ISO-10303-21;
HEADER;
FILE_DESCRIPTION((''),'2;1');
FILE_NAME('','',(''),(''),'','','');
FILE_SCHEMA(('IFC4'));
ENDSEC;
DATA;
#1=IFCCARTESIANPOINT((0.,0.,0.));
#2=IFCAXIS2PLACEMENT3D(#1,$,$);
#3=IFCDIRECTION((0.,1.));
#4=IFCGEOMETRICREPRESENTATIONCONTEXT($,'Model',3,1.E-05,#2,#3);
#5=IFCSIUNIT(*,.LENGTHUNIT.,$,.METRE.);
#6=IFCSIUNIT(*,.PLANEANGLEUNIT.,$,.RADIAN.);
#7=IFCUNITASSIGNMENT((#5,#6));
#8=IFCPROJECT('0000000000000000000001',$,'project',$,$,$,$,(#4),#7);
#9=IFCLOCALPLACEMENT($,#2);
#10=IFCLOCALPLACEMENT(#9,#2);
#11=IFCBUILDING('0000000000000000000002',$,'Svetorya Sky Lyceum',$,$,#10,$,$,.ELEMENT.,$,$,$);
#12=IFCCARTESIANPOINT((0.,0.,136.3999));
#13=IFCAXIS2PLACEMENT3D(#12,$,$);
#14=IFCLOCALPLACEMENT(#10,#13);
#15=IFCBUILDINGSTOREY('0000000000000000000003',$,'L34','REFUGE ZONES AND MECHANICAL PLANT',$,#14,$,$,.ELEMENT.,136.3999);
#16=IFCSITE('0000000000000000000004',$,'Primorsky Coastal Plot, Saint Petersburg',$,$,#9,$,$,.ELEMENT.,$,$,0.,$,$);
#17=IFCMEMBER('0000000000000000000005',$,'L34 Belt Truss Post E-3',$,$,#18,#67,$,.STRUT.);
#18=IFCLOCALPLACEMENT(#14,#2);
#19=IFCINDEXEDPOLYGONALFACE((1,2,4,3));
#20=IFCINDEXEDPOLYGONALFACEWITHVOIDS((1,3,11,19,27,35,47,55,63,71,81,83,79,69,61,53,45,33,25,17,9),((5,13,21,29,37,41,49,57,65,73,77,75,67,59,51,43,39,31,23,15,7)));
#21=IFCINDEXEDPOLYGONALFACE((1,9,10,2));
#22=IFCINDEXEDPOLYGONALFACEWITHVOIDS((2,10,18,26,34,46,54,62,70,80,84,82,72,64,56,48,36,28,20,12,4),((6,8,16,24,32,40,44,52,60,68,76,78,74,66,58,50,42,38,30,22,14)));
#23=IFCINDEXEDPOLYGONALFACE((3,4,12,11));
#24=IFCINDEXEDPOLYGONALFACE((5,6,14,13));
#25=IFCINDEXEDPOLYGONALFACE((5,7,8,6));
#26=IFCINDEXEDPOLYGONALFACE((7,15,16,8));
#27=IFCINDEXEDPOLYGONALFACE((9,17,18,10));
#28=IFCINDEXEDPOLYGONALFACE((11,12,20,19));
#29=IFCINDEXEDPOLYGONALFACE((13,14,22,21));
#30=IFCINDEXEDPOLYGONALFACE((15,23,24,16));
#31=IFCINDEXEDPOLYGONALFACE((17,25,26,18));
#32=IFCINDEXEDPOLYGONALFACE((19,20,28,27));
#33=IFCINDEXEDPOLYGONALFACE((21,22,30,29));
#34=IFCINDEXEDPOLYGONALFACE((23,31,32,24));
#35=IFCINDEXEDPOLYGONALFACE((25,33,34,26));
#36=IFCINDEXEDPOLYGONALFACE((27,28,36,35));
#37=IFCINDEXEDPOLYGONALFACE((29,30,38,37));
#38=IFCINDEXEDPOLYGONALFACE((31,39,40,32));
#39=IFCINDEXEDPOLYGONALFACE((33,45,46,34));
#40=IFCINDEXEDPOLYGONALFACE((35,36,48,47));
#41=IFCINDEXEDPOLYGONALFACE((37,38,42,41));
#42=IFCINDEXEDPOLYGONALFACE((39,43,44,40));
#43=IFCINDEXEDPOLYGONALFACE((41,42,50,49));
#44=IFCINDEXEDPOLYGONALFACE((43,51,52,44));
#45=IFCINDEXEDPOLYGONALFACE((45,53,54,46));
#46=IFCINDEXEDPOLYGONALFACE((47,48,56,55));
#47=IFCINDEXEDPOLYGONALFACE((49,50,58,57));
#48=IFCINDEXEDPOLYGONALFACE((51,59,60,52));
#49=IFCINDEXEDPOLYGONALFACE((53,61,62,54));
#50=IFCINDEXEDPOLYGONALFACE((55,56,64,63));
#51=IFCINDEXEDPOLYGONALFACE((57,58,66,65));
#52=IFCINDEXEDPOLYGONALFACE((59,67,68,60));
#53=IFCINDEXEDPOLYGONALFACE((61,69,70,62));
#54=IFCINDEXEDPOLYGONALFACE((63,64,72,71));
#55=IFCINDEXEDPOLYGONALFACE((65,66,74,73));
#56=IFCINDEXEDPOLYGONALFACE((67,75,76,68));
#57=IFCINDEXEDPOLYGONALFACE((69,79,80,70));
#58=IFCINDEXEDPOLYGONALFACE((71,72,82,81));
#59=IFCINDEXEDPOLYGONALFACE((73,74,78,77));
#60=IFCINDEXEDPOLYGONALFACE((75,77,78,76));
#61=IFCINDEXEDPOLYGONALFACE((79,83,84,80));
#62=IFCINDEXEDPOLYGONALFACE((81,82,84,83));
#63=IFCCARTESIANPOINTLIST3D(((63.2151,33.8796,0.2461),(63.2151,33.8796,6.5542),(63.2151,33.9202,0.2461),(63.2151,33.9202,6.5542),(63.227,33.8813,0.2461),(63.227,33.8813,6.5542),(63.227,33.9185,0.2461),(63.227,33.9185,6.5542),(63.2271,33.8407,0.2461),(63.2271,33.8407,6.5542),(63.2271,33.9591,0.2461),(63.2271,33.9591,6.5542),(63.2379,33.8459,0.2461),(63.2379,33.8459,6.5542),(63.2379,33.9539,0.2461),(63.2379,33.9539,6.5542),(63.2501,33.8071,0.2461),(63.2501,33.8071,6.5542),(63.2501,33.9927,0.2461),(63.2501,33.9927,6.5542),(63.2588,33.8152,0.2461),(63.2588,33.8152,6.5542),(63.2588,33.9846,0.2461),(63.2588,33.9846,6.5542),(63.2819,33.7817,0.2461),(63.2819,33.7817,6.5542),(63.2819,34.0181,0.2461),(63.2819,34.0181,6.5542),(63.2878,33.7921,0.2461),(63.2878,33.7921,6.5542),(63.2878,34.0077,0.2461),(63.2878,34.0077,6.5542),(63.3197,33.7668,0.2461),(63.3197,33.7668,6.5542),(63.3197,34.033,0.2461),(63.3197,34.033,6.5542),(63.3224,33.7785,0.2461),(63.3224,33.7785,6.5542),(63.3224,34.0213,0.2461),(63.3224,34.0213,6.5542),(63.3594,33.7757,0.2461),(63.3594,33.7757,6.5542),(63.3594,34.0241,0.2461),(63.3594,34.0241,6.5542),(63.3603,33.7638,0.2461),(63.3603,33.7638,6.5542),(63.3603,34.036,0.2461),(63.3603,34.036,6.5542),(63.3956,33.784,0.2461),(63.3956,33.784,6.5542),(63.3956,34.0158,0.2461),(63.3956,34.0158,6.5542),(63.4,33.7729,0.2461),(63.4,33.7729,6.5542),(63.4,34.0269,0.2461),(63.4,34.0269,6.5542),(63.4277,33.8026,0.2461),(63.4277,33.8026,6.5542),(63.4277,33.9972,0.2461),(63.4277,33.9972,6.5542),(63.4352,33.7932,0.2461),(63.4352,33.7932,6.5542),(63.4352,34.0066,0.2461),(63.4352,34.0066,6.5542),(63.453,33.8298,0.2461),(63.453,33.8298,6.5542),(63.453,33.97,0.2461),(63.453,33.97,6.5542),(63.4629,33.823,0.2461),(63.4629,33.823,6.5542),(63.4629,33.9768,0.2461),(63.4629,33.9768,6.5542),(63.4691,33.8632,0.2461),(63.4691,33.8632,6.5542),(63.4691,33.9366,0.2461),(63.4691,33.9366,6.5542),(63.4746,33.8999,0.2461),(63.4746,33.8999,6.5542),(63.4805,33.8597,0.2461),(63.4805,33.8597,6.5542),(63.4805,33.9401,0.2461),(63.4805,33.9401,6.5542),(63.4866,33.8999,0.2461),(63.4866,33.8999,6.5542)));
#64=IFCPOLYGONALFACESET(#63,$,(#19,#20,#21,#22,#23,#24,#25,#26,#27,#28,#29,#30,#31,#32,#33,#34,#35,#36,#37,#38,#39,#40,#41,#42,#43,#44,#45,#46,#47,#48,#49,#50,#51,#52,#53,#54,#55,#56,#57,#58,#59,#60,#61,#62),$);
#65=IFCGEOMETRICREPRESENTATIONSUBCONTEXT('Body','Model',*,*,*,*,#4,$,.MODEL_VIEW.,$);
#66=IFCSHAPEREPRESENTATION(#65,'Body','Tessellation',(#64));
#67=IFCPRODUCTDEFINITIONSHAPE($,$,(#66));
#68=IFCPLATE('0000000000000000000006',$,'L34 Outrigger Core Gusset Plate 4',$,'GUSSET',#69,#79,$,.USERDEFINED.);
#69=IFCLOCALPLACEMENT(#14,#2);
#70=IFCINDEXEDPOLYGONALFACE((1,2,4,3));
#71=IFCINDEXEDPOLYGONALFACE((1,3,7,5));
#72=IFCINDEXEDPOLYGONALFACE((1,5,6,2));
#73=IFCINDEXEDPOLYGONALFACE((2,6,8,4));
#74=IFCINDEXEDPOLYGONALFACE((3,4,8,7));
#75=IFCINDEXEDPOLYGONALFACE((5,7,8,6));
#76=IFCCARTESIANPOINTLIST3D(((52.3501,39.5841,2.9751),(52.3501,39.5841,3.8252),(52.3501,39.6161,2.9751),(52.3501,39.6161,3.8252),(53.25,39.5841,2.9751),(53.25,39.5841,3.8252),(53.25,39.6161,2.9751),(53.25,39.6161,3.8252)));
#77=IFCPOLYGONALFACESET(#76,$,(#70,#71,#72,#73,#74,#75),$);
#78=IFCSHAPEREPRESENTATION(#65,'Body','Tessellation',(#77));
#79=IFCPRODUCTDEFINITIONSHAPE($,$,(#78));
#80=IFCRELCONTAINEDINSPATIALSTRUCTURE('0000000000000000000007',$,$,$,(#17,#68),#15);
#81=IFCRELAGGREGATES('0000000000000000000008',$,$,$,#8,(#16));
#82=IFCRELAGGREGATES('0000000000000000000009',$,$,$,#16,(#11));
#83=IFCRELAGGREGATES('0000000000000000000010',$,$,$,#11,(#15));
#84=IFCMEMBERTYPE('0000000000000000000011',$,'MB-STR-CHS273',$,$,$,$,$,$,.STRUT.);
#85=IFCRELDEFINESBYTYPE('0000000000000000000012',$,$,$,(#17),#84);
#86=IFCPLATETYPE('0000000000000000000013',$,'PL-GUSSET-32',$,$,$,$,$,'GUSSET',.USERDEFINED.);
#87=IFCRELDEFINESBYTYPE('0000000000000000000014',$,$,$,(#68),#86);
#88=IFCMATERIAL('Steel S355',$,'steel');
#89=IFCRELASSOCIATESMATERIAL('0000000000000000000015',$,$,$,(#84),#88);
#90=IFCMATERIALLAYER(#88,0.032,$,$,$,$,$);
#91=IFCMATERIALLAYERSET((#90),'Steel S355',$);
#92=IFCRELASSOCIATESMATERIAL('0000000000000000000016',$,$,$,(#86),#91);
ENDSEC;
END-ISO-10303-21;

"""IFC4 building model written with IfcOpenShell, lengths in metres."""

from ifc_helpers import new_model, si_unit, direction, frame, origin, origin_2d, place, context, subcontext, project, spatial, rectangle, hollow_circle, extrude, material, layer, layer_set, material_profile, profile_set, type_object, element, save


model = new_model("IFC4")

# Units and contexts
model_context = context("Model", 3, precision=1e-05, world=origin(), true_north=direction((0.0, 1.0)))
body_context = subcontext(model_context, "Body", "Model", "MODEL_VIEW")
ifc_project = project(units=[si_unit("LENGTHUNIT", "METRE"), si_unit("PLANEANGLEUNIT", "RADIAN")], contexts=[model_context])

# Site, building, storey
site_placement = place(None, origin())
site = spatial("IfcSite", under=ifc_project, at=site_placement, Name="Primorsky Coastal Plot, Saint Petersburg", CompositionType="ELEMENT", RefElevation=0.0)
building_placement = place(site_placement, origin())
building = spatial("IfcBuilding", under=site, at=building_placement, Name="Svetorya Sky Lyceum", CompositionType="ELEMENT")
storey_placement = place(building_placement, frame((0.0, 0.0, 136.3999)))
storey = spatial("IfcBuildingStorey", under=building, at=storey_placement, Name="L34", Description="REFUGE ZONES AND MECHANICAL PLANT", CompositionType="ELEMENT", Elevation=136.3999)

# Shared definitions
ifc_material_1 = material(Name="Steel S355", Category="steel")

# Member
ifc_material_profile_1 = material_profile(ifc_material_1, hollow_circle(Radius=0.1365, WallThickness=0.012, at=origin_2d()), Name="CHS 273x12")
ifc_profile_set_1 = profile_set([ifc_material_profile_1], Name="Steel S355")
member_type_1 = type_object("IfcMemberType", Name="MB-STR-CHS273", PredefinedType="STRUT", material=ifc_profile_set_1)
member_1_placement = place(storey_placement, frame((63.3501, 33.8999, 0.2461), z_axis=(0.0, 0.0, 1.0), x_axis=(1.0, 0.0, 0.0)))
element("IfcMember", 1, at=member_1_placement, inside=storey, type_object=member_type_1, Name="L34 Belt Truss Post E-3", PredefinedType="STRUT", context=body_context, shape_type="SweptSolid", body=[
    extrude(hollow_circle(Radius=0.1365, WallThickness=0.012, at=origin_2d()), origin(), (0.0, 0.0, 1.0), 6.3081),
])

# Plate
ifc_layer_1 = layer(ifc_material_1, 0.032)
ifc_layer_set_1 = layer_set([ifc_layer_1], Name="Steel S355")
plate_type = type_object("IfcPlateType", Name="PL-GUSSET-32", ElementType="GUSSET", PredefinedType="USERDEFINED", material=ifc_layer_set_1)
plate_placement = place(storey_placement, frame((52.8, 39.6001, 2.9751), z_axis=(0.0, 0.0, 1.0), x_axis=(1.0, 0.0, 0.0)))
element("IfcPlate", 2, at=plate_placement, inside=storey, type_object=plate_type, Name="L34 Outrigger Core Gusset Plate 4", ObjectType="GUSSET", PredefinedType="USERDEFINED", context=body_context, shape_type="SweptSolid", body=[
    extrude(rectangle(XDim=0.8999, YDim=0.032, at=origin_2d()), origin(), (0.0, 0.0, 1.0), 0.8501),
])

save(model, "model.ifc")
